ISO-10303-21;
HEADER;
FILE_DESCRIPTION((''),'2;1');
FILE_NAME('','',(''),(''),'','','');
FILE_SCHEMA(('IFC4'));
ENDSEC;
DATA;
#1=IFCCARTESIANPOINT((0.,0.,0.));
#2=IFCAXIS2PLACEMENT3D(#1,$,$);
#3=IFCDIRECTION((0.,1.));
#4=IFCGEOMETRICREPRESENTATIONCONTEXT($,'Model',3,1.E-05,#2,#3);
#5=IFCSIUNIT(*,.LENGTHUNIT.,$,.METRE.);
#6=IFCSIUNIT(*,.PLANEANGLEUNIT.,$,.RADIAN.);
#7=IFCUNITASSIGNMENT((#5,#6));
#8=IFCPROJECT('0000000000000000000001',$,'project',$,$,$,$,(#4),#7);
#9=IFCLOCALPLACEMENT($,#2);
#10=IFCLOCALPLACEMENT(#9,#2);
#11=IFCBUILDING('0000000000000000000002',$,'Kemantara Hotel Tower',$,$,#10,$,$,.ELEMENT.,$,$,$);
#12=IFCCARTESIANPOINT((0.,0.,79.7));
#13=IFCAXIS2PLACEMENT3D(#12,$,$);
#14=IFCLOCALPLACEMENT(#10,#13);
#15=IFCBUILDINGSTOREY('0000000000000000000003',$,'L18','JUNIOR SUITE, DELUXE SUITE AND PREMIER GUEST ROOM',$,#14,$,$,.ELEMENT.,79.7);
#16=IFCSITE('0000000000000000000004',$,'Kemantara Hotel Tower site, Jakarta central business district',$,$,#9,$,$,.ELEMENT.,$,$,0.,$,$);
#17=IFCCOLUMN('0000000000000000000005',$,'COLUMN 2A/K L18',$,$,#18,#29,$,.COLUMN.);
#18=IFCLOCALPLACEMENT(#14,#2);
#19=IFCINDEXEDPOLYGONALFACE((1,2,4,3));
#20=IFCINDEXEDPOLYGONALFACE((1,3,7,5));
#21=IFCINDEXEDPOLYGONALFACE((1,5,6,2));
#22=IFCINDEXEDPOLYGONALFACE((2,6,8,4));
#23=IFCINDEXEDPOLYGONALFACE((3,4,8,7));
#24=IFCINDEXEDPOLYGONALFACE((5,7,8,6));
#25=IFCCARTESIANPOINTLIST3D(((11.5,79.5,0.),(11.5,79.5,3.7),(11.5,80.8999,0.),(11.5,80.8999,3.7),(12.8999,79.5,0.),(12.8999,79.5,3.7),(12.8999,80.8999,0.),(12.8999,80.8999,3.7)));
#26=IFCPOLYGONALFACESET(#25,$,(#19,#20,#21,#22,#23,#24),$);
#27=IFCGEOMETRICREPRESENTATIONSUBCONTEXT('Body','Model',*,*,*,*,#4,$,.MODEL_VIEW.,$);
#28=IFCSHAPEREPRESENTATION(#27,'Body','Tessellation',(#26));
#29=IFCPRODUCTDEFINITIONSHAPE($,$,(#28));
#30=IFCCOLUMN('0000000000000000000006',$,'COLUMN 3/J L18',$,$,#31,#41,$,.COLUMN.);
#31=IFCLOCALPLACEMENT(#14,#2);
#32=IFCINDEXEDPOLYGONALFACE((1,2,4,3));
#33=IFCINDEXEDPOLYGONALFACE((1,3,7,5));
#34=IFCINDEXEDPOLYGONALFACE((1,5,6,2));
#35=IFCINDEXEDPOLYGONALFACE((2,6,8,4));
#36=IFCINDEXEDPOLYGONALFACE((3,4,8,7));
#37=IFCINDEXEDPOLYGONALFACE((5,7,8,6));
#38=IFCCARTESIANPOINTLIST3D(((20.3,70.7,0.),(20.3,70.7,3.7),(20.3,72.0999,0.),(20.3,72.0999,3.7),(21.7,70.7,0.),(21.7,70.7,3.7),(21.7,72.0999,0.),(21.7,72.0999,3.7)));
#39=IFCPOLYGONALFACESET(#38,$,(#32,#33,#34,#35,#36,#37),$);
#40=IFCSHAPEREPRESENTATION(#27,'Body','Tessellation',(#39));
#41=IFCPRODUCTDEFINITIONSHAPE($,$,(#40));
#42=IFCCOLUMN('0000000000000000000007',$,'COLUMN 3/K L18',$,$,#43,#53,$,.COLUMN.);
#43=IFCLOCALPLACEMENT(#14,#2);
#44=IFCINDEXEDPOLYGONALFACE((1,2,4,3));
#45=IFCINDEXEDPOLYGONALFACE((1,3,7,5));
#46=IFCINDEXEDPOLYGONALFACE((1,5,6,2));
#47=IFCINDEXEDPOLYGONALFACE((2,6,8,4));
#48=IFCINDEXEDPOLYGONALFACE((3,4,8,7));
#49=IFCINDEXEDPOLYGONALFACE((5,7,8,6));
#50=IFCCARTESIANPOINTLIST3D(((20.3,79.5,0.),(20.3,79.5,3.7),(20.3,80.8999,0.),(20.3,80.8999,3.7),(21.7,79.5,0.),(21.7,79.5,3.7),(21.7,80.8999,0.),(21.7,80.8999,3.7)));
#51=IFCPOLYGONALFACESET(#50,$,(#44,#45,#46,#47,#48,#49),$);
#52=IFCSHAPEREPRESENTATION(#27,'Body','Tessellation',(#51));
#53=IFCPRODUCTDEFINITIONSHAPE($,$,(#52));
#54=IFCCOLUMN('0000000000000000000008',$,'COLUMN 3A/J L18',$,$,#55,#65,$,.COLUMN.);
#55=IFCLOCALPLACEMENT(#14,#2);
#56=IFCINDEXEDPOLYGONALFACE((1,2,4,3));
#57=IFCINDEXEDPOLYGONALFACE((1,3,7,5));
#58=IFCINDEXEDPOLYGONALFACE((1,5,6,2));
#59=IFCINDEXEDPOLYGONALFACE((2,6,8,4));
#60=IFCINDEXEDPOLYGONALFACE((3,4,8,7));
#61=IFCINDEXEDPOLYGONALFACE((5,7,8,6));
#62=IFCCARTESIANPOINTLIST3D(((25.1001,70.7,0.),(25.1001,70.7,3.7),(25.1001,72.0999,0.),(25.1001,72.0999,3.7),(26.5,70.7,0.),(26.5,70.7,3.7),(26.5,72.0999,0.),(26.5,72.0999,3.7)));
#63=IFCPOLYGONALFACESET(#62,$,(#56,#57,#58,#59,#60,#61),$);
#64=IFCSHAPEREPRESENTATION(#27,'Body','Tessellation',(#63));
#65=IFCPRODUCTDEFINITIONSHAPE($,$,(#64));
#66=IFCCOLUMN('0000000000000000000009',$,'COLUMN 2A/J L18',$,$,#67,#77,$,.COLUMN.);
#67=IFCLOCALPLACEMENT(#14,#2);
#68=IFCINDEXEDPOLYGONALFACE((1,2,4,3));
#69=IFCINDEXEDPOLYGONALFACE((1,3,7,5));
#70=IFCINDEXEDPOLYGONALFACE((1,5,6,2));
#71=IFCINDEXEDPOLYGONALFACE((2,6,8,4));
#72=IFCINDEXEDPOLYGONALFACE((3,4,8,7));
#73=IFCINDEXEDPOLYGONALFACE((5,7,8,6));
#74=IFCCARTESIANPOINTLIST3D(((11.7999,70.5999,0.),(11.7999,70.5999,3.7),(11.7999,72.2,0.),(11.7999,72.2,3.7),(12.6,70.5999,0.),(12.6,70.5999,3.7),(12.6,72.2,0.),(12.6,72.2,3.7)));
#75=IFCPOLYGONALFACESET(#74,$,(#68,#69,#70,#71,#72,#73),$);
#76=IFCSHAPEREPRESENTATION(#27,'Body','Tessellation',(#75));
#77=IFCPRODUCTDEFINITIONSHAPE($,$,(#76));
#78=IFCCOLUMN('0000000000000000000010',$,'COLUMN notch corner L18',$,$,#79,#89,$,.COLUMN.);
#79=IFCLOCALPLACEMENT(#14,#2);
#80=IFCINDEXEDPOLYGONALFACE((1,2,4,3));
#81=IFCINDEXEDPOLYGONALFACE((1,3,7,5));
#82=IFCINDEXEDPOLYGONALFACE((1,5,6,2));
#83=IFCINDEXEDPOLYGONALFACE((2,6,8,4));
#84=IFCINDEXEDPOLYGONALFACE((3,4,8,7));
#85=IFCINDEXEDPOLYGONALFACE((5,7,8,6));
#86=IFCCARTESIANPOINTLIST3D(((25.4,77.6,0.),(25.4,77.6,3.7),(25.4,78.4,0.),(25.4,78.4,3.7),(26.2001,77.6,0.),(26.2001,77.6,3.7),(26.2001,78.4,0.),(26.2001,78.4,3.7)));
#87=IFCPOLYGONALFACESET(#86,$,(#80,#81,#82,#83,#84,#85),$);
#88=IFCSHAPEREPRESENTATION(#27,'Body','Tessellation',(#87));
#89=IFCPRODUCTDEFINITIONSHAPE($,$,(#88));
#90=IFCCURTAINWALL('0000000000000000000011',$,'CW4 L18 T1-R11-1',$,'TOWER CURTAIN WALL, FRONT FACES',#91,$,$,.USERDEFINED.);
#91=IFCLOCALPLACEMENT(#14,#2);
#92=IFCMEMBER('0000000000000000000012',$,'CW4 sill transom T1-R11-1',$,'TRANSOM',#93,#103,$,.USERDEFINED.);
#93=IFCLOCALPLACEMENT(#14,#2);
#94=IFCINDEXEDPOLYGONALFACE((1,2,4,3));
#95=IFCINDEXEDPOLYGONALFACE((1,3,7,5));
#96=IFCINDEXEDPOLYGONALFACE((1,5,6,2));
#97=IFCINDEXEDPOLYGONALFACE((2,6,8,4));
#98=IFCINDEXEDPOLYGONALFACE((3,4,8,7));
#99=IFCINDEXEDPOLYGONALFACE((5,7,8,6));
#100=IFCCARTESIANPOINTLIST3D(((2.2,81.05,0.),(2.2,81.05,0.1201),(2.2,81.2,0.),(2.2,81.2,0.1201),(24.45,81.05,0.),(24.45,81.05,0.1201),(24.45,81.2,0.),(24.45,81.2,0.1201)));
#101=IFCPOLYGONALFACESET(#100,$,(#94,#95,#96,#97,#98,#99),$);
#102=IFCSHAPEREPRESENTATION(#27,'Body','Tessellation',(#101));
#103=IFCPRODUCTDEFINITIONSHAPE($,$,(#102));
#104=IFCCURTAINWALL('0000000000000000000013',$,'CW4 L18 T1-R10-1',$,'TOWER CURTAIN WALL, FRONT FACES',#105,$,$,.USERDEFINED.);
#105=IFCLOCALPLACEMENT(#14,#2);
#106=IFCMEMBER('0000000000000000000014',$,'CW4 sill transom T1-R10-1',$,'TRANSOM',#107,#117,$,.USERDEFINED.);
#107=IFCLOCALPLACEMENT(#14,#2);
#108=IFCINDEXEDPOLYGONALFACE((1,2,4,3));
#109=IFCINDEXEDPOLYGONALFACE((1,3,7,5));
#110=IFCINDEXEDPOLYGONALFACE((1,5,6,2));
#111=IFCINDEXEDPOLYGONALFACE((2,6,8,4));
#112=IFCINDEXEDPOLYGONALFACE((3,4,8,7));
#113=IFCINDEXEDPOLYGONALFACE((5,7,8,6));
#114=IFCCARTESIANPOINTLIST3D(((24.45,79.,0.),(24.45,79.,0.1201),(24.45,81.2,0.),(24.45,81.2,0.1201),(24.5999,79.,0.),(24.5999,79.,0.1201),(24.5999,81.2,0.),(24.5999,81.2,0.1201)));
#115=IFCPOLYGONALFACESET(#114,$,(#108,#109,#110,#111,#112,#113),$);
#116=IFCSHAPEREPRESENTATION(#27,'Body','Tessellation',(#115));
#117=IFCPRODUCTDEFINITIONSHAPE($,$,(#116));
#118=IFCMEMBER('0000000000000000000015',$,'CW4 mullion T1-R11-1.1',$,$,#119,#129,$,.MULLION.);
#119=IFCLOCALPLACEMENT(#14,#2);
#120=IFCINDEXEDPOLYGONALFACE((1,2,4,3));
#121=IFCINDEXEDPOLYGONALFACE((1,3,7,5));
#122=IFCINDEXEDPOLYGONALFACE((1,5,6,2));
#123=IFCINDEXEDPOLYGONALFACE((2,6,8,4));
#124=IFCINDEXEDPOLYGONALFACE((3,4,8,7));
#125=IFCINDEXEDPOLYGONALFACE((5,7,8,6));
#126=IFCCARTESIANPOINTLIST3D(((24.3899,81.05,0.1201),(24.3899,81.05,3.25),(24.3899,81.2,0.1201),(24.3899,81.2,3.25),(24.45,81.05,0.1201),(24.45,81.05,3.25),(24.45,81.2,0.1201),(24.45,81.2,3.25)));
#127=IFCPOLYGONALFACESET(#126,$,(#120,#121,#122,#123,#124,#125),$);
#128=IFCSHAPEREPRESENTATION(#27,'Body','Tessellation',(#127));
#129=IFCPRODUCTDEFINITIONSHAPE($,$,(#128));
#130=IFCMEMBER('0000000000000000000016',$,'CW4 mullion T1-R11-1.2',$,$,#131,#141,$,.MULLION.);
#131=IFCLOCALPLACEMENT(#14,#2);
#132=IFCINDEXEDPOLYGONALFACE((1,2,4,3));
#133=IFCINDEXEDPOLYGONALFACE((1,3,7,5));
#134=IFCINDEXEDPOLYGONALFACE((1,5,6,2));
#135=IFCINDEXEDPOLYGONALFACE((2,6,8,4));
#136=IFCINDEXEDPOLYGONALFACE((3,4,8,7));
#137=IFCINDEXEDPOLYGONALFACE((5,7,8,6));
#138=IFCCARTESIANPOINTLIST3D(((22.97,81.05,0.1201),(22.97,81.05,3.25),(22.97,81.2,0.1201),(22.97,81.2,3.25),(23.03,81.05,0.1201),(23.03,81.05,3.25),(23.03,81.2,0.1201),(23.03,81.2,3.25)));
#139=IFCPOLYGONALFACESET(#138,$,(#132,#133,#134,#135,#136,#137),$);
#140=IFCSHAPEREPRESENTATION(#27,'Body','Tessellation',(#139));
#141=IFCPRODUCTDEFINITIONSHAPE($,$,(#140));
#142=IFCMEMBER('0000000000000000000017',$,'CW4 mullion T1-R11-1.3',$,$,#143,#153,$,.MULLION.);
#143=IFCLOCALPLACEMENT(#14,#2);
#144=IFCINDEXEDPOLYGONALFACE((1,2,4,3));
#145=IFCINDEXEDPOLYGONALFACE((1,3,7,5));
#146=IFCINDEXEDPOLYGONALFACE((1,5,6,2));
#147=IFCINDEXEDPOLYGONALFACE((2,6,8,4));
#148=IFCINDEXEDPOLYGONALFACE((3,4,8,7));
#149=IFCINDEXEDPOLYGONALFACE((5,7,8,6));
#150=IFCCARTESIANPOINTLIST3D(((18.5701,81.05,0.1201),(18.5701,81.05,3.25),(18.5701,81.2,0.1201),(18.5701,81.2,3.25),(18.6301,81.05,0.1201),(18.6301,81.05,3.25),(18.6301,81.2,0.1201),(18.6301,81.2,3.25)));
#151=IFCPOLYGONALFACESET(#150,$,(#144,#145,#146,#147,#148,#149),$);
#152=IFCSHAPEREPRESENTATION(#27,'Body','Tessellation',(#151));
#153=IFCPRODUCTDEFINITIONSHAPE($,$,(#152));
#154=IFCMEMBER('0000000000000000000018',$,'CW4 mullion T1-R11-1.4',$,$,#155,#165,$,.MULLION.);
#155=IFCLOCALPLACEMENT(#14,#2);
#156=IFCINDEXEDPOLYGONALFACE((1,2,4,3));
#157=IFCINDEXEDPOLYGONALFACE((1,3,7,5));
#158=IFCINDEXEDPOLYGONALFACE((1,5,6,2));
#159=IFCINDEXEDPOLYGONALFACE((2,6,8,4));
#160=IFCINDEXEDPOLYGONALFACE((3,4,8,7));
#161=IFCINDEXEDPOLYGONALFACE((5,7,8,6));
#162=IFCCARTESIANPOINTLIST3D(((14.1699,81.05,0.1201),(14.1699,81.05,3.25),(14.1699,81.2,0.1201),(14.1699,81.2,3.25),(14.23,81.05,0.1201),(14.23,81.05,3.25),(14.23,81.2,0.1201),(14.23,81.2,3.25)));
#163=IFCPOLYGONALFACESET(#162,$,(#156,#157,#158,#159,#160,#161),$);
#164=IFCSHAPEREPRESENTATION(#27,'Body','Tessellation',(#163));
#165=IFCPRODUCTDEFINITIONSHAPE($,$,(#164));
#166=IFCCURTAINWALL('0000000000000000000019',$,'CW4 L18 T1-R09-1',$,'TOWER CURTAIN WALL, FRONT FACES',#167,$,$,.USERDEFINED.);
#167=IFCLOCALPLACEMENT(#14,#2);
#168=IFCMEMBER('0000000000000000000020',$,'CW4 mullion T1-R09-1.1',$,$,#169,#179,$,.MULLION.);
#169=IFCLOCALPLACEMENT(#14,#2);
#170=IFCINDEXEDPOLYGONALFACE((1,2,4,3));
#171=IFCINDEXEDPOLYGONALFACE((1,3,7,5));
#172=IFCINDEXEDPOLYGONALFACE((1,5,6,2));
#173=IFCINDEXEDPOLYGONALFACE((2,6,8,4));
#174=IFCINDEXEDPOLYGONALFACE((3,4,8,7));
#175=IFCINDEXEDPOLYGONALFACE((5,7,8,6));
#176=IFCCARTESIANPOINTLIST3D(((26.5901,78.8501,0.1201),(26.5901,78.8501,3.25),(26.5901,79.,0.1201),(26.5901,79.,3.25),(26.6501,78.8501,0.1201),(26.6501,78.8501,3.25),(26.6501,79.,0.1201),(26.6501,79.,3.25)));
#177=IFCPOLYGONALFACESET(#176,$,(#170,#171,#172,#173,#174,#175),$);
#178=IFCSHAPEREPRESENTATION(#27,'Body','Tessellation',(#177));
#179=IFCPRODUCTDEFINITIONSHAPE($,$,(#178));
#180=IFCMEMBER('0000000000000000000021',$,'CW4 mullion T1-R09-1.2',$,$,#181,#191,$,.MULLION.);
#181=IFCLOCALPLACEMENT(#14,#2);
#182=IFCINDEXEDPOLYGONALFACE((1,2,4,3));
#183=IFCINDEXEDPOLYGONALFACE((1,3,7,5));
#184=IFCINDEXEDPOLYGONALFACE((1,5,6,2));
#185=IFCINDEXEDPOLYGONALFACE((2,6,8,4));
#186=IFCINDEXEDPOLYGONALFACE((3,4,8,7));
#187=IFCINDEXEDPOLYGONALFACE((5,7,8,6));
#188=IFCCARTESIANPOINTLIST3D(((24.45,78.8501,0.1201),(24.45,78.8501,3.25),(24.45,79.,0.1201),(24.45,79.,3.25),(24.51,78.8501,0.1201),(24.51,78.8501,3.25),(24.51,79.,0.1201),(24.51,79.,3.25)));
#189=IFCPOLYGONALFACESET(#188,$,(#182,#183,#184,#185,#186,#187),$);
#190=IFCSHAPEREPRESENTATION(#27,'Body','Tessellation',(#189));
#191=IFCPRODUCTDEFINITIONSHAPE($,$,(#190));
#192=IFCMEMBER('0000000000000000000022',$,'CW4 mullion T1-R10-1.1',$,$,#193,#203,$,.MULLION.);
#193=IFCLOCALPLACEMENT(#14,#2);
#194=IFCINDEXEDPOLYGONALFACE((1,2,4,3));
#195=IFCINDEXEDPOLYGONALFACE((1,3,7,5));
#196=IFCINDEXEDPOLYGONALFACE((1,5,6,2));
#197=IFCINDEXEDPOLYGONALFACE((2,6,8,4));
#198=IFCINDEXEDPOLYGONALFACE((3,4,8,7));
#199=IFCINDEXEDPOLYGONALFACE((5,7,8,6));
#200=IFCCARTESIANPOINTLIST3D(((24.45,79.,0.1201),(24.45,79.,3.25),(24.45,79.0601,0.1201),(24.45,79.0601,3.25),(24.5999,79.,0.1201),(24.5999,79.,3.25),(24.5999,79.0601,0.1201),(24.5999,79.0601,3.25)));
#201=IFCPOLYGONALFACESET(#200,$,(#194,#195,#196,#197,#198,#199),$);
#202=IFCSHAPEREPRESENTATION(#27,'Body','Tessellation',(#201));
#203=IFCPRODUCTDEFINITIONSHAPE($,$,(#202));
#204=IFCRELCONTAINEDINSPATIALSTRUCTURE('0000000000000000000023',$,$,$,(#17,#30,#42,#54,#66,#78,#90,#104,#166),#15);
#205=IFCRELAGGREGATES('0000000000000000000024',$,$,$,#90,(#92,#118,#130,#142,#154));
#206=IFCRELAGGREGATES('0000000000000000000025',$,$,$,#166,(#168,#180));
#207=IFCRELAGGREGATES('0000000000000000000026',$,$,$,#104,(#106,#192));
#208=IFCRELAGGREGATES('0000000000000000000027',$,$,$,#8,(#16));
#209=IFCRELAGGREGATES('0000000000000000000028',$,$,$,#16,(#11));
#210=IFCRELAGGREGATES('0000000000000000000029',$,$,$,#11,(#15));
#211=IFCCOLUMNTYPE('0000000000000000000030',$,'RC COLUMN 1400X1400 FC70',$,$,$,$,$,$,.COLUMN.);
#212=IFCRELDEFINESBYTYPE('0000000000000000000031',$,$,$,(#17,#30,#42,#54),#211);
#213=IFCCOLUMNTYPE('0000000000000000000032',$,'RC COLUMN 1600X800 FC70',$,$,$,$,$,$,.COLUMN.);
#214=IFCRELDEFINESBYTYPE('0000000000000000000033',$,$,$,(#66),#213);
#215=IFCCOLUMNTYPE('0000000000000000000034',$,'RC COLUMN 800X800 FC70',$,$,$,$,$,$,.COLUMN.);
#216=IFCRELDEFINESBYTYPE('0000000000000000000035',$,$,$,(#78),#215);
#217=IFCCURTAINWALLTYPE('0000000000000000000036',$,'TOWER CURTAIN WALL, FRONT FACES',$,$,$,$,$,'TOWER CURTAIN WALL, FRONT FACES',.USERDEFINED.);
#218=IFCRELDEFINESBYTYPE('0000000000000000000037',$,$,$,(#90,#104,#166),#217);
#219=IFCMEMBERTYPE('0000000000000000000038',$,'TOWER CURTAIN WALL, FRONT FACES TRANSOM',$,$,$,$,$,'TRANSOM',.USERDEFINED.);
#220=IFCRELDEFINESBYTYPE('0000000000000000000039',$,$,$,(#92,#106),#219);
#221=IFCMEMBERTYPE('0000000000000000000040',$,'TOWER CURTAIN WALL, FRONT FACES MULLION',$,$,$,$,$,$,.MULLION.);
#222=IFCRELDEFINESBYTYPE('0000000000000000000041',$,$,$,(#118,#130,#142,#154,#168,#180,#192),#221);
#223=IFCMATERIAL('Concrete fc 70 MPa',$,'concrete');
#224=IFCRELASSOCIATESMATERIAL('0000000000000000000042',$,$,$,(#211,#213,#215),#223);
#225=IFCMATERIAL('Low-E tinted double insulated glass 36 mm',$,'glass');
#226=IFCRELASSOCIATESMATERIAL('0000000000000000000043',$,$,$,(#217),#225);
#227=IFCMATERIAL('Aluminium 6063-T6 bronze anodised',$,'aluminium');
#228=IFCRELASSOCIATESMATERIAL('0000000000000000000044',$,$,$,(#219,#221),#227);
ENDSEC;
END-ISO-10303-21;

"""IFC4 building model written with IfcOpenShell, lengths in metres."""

from ifc_helpers import new_model, si_unit, direction, frame, origin, origin_2d, place, context, subcontext, project, spatial, rectangle, extrude, source, transform, mapped, material, material_profile, profile_set, type_object, element, aggregate, save


model = new_model("IFC4")

# Units and contexts
model_context = context("Model", 3, precision=1e-05, world=origin(), true_north=direction((0.0, 1.0)))
body_context = subcontext(model_context, "Body", "Model", "MODEL_VIEW")
ifc_project = project(units=[si_unit("LENGTHUNIT", "METRE"), si_unit("PLANEANGLEUNIT", "RADIAN")], contexts=[model_context])

# Site, building, storey
site_placement = place(None, origin())
site = spatial("IfcSite", under=ifc_project, at=site_placement, Name="Kemantara Hotel Tower site, Jakarta central business district", CompositionType="ELEMENT", RefElevation=0.0)
building_placement = place(site_placement, origin())
building = spatial("IfcBuilding", under=site, at=building_placement, Name="Kemantara Hotel Tower", CompositionType="ELEMENT")
storey_placement = place(building_placement, frame((0.0, 0.0, 79.7)))
storey = spatial("IfcBuildingStorey", under=building, at=storey_placement, Name="L18", Description="JUNIOR SUITE, DELUXE SUITE AND PREMIER GUEST ROOM", CompositionType="ELEMENT", Elevation=79.7)

# Columns
ifc_material_1 = material(Name="Concrete fc 70 MPa", Category="concrete")
ifc_material_profile_1 = material_profile(ifc_material_1, rectangle(XDim=1.3999, YDim=1.3999, at=origin_2d()), Name="RC 1400X1400")
ifc_profile_set_1 = profile_set([ifc_material_profile_1], Name="Concrete fc 70 MPa")
column_type_1 = type_object("IfcColumnType", Name="RC COLUMN 1400X1400 FC70", PredefinedType="COLUMN", material=ifc_profile_set_1)
for number, where, z_axis, x_axis, name in (
    (1, (12.2, 80.2, 0.0), (0.0, 0.0, 1.0), (1.0, 0.0, 0.0), "COLUMN 2A/K L18"),
    (2, (21.0, 71.3999, 0.0), (0.0, 0.0, 1.0), (1.0, 0.0, 0.0), "COLUMN 3/J L18"),
    (3, (21.0, 80.2, 0.0), (0.0, 0.0, 1.0), (1.0, 0.0, 0.0), "COLUMN 3/K L18"),
    (4, (25.8, 71.3999, 0.0), (0.0, 0.0, 1.0), (1.0, 0.0, 0.0), "COLUMN 3A/J L18"),
):
    element("IfcColumn", number, at=place(storey_placement, frame(where, z_axis=z_axis, x_axis=x_axis)), inside=storey, type_object=column_type_1, Name=name, PredefinedType="COLUMN", context=body_context, shape_type="SweptSolid", body=[
        extrude(rectangle(XDim=1.3999, YDim=1.3999, at=origin_2d()), origin(), (0.0, 0.0, 1.0), 3.7),
    ])
ifc_material_profile_2 = material_profile(ifc_material_1, rectangle(XDim=1.6001, YDim=0.8, at=origin_2d()), Name="RC 1600X800")
ifc_profile_set_2 = profile_set([ifc_material_profile_2], Name="Concrete fc 70 MPa")
column_type_2 = type_object("IfcColumnType", Name="RC COLUMN 1600X800 FC70", PredefinedType="COLUMN", material=ifc_profile_set_2)
column_1_placement = place(storey_placement, frame((12.2, 71.3999, 0.0), z_axis=(0.0, 0.0, 1.0), x_axis=(0.0, 1.0, 0.0)))
element("IfcColumn", 5, at=column_1_placement, inside=storey, type_object=column_type_2, Name="COLUMN 2A/J L18", PredefinedType="COLUMN", context=body_context, shape_type="SweptSolid", body=[
    extrude(rectangle(XDim=1.6001, YDim=0.8, at=origin_2d()), origin(), (0.0, 0.0, 1.0), 3.7),
])
ifc_material_profile_3 = material_profile(ifc_material_1, rectangle(XDim=0.8, YDim=0.8, at=origin_2d()), Name="RC 800X800")
ifc_profile_set_3 = profile_set([ifc_material_profile_3], Name="Concrete fc 70 MPa")
column_type_3 = type_object("IfcColumnType", Name="RC COLUMN 800X800 FC70", PredefinedType="COLUMN", material=ifc_profile_set_3)
column_2_placement = place(storey_placement, frame((25.8, 78.0, 0.0), z_axis=(0.0, 0.0, 1.0), x_axis=(1.0, 0.0, 0.0)))
element("IfcColumn", 6, at=column_2_placement, inside=storey, type_object=column_type_3, Name="COLUMN notch corner L18", PredefinedType="COLUMN", context=body_context, shape_type="SweptSolid", body=[
    extrude(rectangle(XDim=0.8, YDim=0.8, at=origin_2d()), origin(), (0.0, 0.0, 1.0), 3.7),
])

# Curtain walls, members
ifc_material_2 = material(Name="Low-E tinted double insulated glass 36 mm", Category="glass")
curtain_wall_type = type_object("IfcCurtainWallType", Name="TOWER CURTAIN WALL, FRONT FACES", ElementType="TOWER CURTAIN WALL, FRONT FACES", PredefinedType="USERDEFINED", material=ifc_material_2)
curtain_wall_1_placement = place(storey_placement, origin())
curtain_wall_1 = element("IfcCurtainWall", 7, at=curtain_wall_1_placement, inside=storey, type_object=curtain_wall_type, Name="CW4 L18 T1-R11-1", ObjectType="TOWER CURTAIN WALL, FRONT FACES", PredefinedType="USERDEFINED")
ifc_material_3 = material(Name="Aluminium 6063-T6 bronze anodised", Category="aluminium")
ifc_material_profile_4 = material_profile(ifc_material_3, rectangle(XDim=0.1499, YDim=0.1201, at=origin_2d()), Name="TOWER CURTAIN WALL, FRONT FACES TRANSOM")
ifc_profile_set_4 = profile_set([ifc_material_profile_4], Name="Aluminium 6063-T6 bronze anodised")
member_type_1 = type_object("IfcMemberType", Name="TOWER CURTAIN WALL, FRONT FACES TRANSOM", ElementType="TRANSOM", PredefinedType="USERDEFINED", material=ifc_profile_set_4)
member_1_placement = place(storey_placement, frame((24.45, 81.125, 0.0601), z_axis=(-1.0, 0.0, 0.0), x_axis=(0.0, -1.0, 0.0)))
member_1 = element("IfcMember", 8, at=member_1_placement, type_object=member_type_1, Name="CW4 sill transom T1-R11-1", ObjectType="TRANSOM", PredefinedType="USERDEFINED", context=body_context, shape_type="SweptSolid", body=[
    extrude(rectangle(XDim=0.1499, YDim=0.1201, at=origin_2d()), origin(), (0.0, 0.0, 1.0), 22.25),
])
curtain_wall_2_placement = place(storey_placement, origin())
curtain_wall_2 = element("IfcCurtainWall", 9, at=curtain_wall_2_placement, inside=storey, type_object=curtain_wall_type, Name="CW4 L18 T1-R10-1", ObjectType="TOWER CURTAIN WALL, FRONT FACES", PredefinedType="USERDEFINED")
member_2_placement = place(storey_placement, frame((24.5249, 79.0, 0.0601), z_axis=(0.0, 1.0, 0.0), x_axis=(-1.0, 0.0, 0.0)))
member_2 = element("IfcMember", 10, at=member_2_placement, type_object=member_type_1, Name="CW4 sill transom T1-R10-1", ObjectType="TRANSOM", PredefinedType="USERDEFINED", context=body_context, shape_type="SweptSolid", body=[
    extrude(rectangle(XDim=0.1499, YDim=0.1201, at=origin_2d()), origin(), (0.0, 0.0, 1.0), 2.2),
])

# Members
ifc_material_profile_5 = material_profile(ifc_material_3, rectangle(XDim=0.1499, YDim=0.0601, at=origin_2d()), Name="TOWER CURTAIN WALL, FRONT FACES MULLION")
ifc_profile_set_5 = profile_set([ifc_material_profile_5], Name="Aluminium 6063-T6 bronze anodised")
member_type_2 = type_object("IfcMemberType", Name="TOWER CURTAIN WALL, FRONT FACES MULLION", PredefinedType="MULLION", material=ifc_profile_set_5)
shared_shape_1 = source(origin(), body_context, "Body", "SweptSolid", [
    extrude(rectangle(XDim=0.1499, YDim=0.0601, at=origin_2d()), origin(), (0.0, 0.0, 1.0), 3.1299),
])
member_3_placement = place(storey_placement, frame((24.4199, 81.125, 0.1201), z_axis=(0.0, 0.0, 1.0), x_axis=(0.0, -1.0, 0.0)))
member_3 = element("IfcMember", 11, at=member_3_placement, type_object=member_type_2, Name="CW4 mullion T1-R11-1.1", PredefinedType="MULLION", context=body_context, shape_type="MappedRepresentation", body=[
    mapped(shared_shape_1, transform((0.0, 0.0, 0.0))),
])
member_4_placement = place(storey_placement, frame((23.0, 81.125, 0.1201), z_axis=(0.0, 0.0, 1.0), x_axis=(0.0, -1.0, 0.0)))
member_4 = element("IfcMember", 12, at=member_4_placement, type_object=member_type_2, Name="CW4 mullion T1-R11-1.2", PredefinedType="MULLION", context=body_context, shape_type="MappedRepresentation", body=[
    mapped(shared_shape_1, transform((0.0, 0.0, 0.0))),
])
member_5_placement = place(storey_placement, frame((18.6001, 81.125, 0.1201), z_axis=(0.0, 0.0, 1.0), x_axis=(0.0, -1.0, 0.0)))
member_5 = element("IfcMember", 13, at=member_5_placement, type_object=member_type_2, Name="CW4 mullion T1-R11-1.3", PredefinedType="MULLION", context=body_context, shape_type="MappedRepresentation", body=[
    mapped(shared_shape_1, transform((0.0, 0.0, 0.0))),
])
member_6_placement = place(storey_placement, frame((14.2, 81.125, 0.1201), z_axis=(0.0, 0.0, 1.0), x_axis=(0.0, -1.0, 0.0)))
member_6 = element("IfcMember", 14, at=member_6_placement, type_object=member_type_2, Name="CW4 mullion T1-R11-1.4", PredefinedType="MULLION", context=body_context, shape_type="MappedRepresentation", body=[
    mapped(shared_shape_1, transform((0.0, 0.0, 0.0))),
])

# Curtain wall, members
curtain_wall_3_placement = place(storey_placement, origin())
curtain_wall_3 = element("IfcCurtainWall", 15, at=curtain_wall_3_placement, inside=storey, type_object=curtain_wall_type, Name="CW4 L18 T1-R09-1", ObjectType="TOWER CURTAIN WALL, FRONT FACES", PredefinedType="USERDEFINED")
member_7_placement = place(storey_placement, frame((26.6201, 78.925, 0.1201), z_axis=(0.0, 0.0, 1.0), x_axis=(0.0, -1.0, 0.0)))
member_7 = element("IfcMember", 16, at=member_7_placement, type_object=member_type_2, Name="CW4 mullion T1-R09-1.1", PredefinedType="MULLION", context=body_context, shape_type="MappedRepresentation", body=[
    mapped(shared_shape_1, transform((0.0, 0.0, 0.0))),
])
member_8_placement = place(storey_placement, frame((24.48, 78.925, 0.1201), z_axis=(0.0, 0.0, 1.0), x_axis=(0.0, -1.0, 0.0)))
member_8 = element("IfcMember", 17, at=member_8_placement, type_object=member_type_2, Name="CW4 mullion T1-R09-1.2", PredefinedType="MULLION", context=body_context, shape_type="MappedRepresentation", body=[
    mapped(shared_shape_1, transform((0.0, 0.0, 0.0))),
])

# Member
member_9_placement = place(storey_placement, frame((24.5249, 79.03, 0.1201), z_axis=(0.0, 0.0, 1.0), x_axis=(-1.0, 0.0, 0.0)))
member_9 = element("IfcMember", 18, at=member_9_placement, type_object=member_type_2, Name="CW4 mullion T1-R10-1.1", PredefinedType="MULLION", context=body_context, shape_type="MappedRepresentation", body=[
    mapped(shared_shape_1, transform((0.0, 0.0, 0.0))),
])

aggregate(curtain_wall_1, [member_1, member_3, member_4, member_5, member_6])
aggregate(curtain_wall_3, [member_7, member_8])
aggregate(curtain_wall_2, [member_2, member_9])

save(model, "model.ifc")
